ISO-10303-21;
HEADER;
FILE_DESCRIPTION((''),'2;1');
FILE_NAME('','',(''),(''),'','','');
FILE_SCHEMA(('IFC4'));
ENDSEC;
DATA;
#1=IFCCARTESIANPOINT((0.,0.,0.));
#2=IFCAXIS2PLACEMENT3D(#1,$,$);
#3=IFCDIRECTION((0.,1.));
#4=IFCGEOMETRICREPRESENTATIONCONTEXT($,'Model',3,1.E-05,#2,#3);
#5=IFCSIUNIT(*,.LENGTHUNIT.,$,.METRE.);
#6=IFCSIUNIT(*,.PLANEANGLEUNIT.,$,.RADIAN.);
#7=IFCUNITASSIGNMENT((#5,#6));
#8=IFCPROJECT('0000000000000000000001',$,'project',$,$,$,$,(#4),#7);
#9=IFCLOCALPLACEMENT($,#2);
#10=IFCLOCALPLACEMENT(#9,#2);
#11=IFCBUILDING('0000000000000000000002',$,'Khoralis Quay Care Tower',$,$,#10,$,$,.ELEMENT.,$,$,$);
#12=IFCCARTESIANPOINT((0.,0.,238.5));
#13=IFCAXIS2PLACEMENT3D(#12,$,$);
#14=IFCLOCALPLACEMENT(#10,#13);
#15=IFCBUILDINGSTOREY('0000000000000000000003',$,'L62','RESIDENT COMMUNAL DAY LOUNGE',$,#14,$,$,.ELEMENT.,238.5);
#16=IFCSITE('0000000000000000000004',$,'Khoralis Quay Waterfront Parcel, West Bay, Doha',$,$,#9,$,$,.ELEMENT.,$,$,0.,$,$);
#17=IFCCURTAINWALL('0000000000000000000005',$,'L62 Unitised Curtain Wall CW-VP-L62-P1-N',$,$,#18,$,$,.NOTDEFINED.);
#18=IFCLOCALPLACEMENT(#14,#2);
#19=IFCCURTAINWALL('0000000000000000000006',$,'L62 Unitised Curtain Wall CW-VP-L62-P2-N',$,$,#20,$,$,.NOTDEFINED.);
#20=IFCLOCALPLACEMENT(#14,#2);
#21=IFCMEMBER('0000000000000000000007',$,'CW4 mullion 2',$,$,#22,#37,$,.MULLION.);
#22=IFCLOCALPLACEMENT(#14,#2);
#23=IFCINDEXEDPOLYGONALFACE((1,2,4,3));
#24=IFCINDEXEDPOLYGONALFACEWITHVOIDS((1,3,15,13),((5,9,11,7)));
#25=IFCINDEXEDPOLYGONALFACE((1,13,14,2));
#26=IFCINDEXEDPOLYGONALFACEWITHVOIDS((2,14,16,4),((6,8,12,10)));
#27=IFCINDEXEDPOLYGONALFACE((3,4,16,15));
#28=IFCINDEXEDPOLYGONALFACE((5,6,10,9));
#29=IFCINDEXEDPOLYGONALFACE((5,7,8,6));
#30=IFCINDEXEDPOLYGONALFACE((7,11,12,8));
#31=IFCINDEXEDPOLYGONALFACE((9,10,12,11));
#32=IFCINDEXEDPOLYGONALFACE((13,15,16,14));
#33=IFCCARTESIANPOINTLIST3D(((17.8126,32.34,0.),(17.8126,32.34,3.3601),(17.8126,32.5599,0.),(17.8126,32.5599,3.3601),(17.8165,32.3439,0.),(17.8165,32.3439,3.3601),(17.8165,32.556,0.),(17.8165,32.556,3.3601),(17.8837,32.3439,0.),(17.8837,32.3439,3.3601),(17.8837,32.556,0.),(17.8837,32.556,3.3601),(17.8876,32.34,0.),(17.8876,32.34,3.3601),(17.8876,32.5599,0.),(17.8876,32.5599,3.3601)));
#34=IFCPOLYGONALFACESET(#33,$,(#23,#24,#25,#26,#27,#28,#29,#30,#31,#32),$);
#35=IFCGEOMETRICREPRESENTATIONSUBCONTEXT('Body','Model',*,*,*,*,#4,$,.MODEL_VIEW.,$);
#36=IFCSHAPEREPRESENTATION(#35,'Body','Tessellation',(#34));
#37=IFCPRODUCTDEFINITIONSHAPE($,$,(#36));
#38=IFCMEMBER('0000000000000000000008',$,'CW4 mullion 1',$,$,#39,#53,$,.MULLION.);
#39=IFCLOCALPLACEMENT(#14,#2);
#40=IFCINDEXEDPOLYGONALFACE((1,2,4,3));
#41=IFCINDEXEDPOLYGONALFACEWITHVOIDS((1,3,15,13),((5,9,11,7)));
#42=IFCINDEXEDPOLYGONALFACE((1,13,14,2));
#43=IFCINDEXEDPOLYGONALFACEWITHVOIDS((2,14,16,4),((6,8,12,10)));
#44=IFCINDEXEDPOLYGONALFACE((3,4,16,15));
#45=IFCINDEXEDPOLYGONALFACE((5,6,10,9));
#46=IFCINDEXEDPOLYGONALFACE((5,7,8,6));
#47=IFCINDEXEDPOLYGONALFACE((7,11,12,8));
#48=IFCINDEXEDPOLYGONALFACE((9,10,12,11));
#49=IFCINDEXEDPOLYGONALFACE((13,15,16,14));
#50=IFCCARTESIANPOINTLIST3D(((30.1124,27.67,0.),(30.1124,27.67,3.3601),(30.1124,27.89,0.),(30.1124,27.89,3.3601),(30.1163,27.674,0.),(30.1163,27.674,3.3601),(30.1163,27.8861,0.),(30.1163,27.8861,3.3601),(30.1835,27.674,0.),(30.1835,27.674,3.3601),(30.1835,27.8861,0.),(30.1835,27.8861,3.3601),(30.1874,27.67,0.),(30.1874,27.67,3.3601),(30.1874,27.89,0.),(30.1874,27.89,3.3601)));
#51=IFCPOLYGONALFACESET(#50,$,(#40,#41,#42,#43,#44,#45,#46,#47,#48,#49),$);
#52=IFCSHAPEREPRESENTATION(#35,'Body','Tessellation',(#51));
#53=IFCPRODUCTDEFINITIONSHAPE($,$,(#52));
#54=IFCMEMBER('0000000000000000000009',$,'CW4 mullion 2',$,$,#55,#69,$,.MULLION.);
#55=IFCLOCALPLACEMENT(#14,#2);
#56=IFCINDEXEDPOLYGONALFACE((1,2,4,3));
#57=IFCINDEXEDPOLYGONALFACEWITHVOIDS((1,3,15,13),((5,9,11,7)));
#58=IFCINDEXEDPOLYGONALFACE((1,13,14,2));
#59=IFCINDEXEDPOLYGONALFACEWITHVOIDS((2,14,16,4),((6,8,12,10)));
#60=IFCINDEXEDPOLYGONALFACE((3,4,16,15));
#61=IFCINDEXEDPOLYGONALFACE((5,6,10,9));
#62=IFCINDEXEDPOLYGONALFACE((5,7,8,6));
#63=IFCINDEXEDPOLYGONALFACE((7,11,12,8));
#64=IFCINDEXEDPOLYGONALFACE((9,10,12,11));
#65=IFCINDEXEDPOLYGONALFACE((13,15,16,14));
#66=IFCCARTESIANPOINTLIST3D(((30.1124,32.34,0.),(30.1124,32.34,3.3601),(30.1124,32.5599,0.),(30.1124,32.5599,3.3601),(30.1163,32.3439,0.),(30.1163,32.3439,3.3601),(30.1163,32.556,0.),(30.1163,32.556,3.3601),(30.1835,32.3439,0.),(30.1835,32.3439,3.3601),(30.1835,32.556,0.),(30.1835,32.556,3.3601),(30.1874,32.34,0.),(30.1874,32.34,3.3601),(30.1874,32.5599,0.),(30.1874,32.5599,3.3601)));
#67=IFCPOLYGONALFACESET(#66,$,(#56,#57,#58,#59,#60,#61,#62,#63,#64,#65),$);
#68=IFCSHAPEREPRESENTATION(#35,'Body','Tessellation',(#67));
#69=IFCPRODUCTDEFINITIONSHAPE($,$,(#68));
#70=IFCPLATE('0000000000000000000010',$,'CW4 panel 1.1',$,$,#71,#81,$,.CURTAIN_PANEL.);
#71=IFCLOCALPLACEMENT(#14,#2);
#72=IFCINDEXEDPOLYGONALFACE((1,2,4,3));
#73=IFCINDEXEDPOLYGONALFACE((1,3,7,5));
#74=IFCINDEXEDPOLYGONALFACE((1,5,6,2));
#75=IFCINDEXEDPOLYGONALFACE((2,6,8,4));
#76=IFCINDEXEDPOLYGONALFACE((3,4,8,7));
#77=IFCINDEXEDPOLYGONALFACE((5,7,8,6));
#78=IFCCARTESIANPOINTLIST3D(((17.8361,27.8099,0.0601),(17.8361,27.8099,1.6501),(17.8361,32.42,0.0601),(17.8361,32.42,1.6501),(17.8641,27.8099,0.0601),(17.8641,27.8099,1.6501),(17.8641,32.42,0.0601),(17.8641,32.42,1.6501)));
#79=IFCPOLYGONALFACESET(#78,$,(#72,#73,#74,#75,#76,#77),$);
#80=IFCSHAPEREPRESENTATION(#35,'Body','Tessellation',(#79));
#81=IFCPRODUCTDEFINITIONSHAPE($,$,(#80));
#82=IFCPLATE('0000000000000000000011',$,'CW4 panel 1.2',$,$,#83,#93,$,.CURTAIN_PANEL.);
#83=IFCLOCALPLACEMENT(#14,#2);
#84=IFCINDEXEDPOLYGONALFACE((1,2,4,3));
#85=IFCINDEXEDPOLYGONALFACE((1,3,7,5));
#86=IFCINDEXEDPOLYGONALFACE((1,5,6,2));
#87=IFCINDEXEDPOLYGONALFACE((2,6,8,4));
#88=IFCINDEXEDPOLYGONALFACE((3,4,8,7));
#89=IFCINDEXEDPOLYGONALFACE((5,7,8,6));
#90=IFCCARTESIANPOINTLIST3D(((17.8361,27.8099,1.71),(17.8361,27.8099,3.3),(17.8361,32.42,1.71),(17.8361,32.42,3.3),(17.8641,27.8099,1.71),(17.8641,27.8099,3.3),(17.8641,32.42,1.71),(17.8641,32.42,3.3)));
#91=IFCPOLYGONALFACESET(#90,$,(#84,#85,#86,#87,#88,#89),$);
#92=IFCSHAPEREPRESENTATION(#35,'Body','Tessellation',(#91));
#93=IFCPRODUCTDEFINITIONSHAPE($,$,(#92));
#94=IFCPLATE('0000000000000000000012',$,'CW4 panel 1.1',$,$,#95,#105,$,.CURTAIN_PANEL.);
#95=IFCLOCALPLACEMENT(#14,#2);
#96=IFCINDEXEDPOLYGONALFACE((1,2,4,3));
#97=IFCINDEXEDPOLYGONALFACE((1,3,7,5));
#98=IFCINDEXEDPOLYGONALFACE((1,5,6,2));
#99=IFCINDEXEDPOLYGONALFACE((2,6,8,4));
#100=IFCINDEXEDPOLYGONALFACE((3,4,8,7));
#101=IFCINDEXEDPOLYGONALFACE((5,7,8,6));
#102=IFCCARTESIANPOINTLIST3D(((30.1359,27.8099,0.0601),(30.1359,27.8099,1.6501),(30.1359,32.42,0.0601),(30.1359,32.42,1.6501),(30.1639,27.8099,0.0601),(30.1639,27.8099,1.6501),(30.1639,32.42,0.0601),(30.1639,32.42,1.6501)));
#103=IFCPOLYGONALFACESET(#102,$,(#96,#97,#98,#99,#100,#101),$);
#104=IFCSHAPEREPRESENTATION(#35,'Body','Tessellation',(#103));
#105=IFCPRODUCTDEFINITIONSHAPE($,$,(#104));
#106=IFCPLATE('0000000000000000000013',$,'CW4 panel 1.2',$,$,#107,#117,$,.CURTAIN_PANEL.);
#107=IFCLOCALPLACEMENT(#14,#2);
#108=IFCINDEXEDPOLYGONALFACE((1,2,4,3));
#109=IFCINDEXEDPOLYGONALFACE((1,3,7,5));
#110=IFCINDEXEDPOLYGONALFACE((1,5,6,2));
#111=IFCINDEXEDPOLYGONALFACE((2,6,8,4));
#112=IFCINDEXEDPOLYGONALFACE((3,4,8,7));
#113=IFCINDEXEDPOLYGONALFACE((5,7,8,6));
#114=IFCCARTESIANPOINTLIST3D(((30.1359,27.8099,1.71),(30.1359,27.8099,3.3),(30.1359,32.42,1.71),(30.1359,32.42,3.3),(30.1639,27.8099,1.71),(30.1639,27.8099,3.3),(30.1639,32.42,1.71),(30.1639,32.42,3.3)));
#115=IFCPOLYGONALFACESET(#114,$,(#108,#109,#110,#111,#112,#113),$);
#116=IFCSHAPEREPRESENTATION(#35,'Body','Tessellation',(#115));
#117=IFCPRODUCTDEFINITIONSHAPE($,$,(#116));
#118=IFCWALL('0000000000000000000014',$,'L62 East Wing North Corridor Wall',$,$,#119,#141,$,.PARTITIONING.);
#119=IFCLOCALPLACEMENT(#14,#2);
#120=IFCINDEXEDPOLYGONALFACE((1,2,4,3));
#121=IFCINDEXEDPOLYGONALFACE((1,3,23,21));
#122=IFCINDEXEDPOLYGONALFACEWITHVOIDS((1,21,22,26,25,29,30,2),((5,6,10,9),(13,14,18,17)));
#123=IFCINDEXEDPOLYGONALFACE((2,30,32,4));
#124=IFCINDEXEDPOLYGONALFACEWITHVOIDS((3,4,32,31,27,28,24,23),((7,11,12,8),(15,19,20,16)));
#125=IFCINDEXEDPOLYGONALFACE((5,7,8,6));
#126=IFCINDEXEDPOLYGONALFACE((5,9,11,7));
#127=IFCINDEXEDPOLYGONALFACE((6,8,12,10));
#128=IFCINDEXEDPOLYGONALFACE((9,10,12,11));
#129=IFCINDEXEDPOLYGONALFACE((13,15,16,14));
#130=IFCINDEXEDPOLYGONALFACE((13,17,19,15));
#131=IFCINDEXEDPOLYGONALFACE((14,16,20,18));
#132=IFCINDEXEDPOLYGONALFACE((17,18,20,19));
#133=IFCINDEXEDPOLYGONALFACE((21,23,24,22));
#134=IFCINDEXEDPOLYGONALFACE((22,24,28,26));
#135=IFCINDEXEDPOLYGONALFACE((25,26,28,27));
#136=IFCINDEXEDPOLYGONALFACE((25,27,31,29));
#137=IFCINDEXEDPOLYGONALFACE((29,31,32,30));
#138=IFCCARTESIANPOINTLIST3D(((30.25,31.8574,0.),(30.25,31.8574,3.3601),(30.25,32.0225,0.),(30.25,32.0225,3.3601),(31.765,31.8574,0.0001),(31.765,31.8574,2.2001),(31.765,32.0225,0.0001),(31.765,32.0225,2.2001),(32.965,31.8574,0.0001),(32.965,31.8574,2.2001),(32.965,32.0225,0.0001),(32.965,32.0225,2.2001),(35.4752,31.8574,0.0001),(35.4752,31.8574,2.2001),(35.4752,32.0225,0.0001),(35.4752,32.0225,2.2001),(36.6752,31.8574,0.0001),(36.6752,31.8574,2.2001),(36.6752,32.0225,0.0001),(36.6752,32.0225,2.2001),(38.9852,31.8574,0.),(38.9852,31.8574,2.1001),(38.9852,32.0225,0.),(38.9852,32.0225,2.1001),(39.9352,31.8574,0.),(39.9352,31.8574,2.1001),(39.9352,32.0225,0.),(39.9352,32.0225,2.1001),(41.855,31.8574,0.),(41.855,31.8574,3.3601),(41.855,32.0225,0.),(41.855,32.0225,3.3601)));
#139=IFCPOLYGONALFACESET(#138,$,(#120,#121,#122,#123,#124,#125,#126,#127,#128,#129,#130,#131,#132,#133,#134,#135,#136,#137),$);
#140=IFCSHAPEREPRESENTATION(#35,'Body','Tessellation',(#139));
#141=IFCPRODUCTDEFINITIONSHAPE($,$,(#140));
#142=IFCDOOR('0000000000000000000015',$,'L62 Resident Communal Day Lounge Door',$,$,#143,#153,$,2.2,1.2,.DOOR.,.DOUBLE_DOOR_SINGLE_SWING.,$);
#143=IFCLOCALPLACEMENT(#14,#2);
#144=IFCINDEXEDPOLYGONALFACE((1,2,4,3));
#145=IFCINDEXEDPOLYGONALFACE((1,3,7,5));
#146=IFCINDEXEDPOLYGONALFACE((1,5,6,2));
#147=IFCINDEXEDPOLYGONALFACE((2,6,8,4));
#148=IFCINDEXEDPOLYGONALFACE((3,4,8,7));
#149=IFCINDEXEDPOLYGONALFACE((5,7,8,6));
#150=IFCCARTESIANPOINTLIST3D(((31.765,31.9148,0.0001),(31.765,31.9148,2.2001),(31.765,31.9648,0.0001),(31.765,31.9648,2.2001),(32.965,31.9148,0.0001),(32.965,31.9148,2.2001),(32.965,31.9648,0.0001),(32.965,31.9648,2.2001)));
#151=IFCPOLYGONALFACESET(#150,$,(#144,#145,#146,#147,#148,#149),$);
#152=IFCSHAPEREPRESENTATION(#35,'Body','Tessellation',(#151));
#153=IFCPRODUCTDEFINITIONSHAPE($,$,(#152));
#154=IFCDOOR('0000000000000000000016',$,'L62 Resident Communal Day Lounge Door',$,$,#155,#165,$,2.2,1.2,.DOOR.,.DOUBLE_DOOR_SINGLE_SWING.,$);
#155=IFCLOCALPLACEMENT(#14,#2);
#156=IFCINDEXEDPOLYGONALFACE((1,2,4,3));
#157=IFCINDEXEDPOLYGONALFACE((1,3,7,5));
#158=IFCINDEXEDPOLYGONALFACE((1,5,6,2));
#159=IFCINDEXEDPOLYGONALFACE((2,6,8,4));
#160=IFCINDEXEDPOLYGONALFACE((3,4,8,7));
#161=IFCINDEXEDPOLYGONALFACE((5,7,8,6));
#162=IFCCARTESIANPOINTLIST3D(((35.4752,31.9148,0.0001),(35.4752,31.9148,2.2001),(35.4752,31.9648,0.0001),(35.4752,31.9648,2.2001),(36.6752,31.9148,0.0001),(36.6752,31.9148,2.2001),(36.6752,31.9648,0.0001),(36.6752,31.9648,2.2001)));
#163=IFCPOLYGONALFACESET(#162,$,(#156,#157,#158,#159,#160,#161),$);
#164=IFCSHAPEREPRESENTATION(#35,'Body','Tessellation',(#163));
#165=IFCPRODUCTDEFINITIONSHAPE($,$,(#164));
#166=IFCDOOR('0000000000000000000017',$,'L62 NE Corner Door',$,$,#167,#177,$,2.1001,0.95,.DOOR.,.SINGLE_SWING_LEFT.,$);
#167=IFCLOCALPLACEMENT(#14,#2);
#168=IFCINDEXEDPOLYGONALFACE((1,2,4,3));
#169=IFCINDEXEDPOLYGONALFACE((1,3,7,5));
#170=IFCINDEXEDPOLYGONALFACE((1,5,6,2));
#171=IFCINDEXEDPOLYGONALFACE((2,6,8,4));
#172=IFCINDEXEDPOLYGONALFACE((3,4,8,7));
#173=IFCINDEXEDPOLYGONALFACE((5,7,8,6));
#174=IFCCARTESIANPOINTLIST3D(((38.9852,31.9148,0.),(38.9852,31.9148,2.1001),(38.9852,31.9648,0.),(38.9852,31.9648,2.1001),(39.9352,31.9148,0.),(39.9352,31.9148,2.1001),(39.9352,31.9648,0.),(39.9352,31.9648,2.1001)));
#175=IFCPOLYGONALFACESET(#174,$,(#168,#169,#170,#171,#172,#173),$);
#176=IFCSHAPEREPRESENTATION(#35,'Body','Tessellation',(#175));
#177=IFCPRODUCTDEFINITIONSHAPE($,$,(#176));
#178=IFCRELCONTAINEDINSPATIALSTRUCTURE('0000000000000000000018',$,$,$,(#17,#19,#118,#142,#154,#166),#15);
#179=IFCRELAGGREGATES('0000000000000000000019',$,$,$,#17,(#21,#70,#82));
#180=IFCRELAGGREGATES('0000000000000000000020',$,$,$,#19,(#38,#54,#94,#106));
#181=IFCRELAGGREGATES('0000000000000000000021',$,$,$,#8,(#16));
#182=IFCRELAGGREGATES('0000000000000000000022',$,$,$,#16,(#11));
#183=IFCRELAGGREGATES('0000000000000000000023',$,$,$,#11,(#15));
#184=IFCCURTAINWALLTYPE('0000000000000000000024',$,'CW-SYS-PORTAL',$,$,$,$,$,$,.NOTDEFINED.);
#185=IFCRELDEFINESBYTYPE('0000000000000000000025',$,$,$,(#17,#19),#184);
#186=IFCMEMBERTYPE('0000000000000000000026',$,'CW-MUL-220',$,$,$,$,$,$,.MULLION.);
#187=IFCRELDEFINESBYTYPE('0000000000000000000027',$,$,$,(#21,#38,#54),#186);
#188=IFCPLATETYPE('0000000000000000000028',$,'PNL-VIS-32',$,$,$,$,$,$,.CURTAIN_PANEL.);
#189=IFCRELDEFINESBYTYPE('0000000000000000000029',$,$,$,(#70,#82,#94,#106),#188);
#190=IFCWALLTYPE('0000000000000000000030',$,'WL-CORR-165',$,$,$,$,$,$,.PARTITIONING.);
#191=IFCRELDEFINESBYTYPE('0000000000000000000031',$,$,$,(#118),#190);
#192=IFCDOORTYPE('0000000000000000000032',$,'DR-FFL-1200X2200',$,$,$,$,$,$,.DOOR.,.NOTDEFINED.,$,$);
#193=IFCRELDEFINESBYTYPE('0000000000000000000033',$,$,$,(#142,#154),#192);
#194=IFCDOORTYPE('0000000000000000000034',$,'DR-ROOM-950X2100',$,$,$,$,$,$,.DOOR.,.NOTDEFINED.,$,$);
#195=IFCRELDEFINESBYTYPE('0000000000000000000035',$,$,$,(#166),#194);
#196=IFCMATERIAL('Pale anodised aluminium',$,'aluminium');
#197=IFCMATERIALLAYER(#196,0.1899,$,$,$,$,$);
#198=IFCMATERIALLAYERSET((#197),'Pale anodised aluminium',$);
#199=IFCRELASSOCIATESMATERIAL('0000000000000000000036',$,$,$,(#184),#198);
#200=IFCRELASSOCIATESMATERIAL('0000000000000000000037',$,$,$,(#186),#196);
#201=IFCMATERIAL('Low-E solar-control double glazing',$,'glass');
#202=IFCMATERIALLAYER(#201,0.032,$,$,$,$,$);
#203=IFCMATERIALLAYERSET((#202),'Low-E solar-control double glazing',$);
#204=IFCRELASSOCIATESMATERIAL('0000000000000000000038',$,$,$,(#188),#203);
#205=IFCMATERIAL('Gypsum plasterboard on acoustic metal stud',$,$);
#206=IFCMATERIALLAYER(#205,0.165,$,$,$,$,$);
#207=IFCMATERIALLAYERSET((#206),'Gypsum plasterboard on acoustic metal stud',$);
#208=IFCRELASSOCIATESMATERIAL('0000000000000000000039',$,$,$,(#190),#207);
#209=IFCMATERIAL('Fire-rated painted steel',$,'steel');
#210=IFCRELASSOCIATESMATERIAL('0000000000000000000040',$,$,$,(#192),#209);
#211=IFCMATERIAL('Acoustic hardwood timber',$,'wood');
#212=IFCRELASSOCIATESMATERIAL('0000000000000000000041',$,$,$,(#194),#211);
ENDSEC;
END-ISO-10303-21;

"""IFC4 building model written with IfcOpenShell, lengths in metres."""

from ifc_helpers import new_model, si_unit, direction, frame, frame_2d, origin, origin_2d, place, context, subcontext, project, spatial, rectangle, hollow_rectangle, extrude, source, transform, mapped, material, layer, layer_set, material_profile, profile_set, type_object, element, fill, aggregate, save


model = new_model("IFC4")

# Units and contexts
model_context = context("Model", 3, precision=1e-05, world=origin(), true_north=direction((0.0, 1.0)))
body_context = subcontext(model_context, "Body", "Model", "MODEL_VIEW")
ifc_project = project(units=[si_unit("LENGTHUNIT", "METRE"), si_unit("PLANEANGLEUNIT", "RADIAN")], contexts=[model_context])

# Site, building, storey
site_placement = place(None, origin())
site = spatial("IfcSite", under=ifc_project, at=site_placement, Name="Khoralis Quay Waterfront Parcel, West Bay, Doha", CompositionType="ELEMENT", RefElevation=0.0)
building_placement = place(site_placement, origin())
building = spatial("IfcBuilding", under=site, at=building_placement, Name="Khoralis Quay Care Tower", CompositionType="ELEMENT")
storey_placement = place(building_placement, frame((0.0, 0.0, 238.5)))
storey = spatial("IfcBuildingStorey", under=building, at=storey_placement, Name="L62", Description="RESIDENT COMMUNAL DAY LOUNGE", CompositionType="ELEMENT", Elevation=238.5)

# Curtain wall
ifc_material_1 = material(Name="Pale anodised aluminium", Category="aluminium")
ifc_layer_1 = layer(ifc_material_1, 0.1899)
ifc_layer_set_1 = layer_set([ifc_layer_1], Name="Pale anodised aluminium")
curtain_wall_type = type_object("IfcCurtainWallType", Name="CW-SYS-PORTAL", PredefinedType="NOTDEFINED", material=ifc_layer_set_1)
curtain_wall_1_placement = place(storey_placement, origin())
curtain_wall_1 = element("IfcCurtainWall", 1, at=curtain_wall_1_placement, inside=storey, type_object=curtain_wall_type, Name="L62 Unitised Curtain Wall CW-VP-L62-P1-N", PredefinedType="NOTDEFINED")

# Curtain wall
curtain_wall_2_placement = place(storey_placement, origin())
curtain_wall_2 = element("IfcCurtainWall", 2, at=curtain_wall_2_placement, inside=storey, type_object=curtain_wall_type, Name="L62 Unitised Curtain Wall CW-VP-L62-P2-N", PredefinedType="NOTDEFINED")

# Members
ifc_material_profile_1 = material_profile(ifc_material_1, hollow_rectangle(XDim=0.075, YDim=0.22, WallThickness=0.0039, at=origin_2d()), Name="Pale anodised aluminium")
ifc_profile_set_1 = profile_set([ifc_material_profile_1], Name="Pale anodised aluminium")
member_type_1 = type_object("IfcMemberType", Name="CW-MUL-220", PredefinedType="MULLION", material=ifc_profile_set_1)
shared_shape_1 = source(origin(), body_context, "Body", "SweptSolid", [
    extrude(hollow_rectangle(XDim=0.075, YDim=0.22, WallThickness=0.0039, at=origin_2d()), origin(), (0.0, 0.0, 1.0), 3.3601),
])
member_1_placement = place(storey_placement, frame((17.8501, 32.45, 0.0), z_axis=(0.0, 0.0, 1.0), x_axis=(-1.0, 0.0, 0.0)))
member_1 = element("IfcMember", 3, at=member_1_placement, type_object=member_type_1, Name="CW4 mullion 2", PredefinedType="MULLION", context=body_context, shape_type="MappedRepresentation", body=[
    mapped(shared_shape_1, transform((0.0, 0.0, 0.0), scale=1.0)),
])
member_2_placement = place(storey_placement, frame((30.1499, 27.78, 0.0), z_axis=(0.0, 0.0, 1.0), x_axis=(-1.0, 0.0, 0.0)))
member_2 = element("IfcMember", 4, at=member_2_placement, type_object=member_type_1, Name="CW4 mullion 1", PredefinedType="MULLION", context=body_context, shape_type="MappedRepresentation", body=[
    mapped(shared_shape_1, transform((0.0, 0.0, 0.0), scale=1.0)),
])
member_3_placement = place(storey_placement, frame((30.1499, 32.45, 0.0), z_axis=(0.0, 0.0, 1.0), x_axis=(-1.0, 0.0, 0.0)))
member_3 = element("IfcMember", 5, at=member_3_placement, type_object=member_type_1, Name="CW4 mullion 2", PredefinedType="MULLION", context=body_context, shape_type="MappedRepresentation", body=[
    mapped(shared_shape_1, transform((0.0, 0.0, 0.0), scale=1.0)),
])

# Plates
ifc_material_2 = material(Name="Low-E solar-control double glazing", Category="glass")
ifc_layer_2 = layer(ifc_material_2, 0.032)
ifc_layer_set_2 = layer_set([ifc_layer_2], Name="Low-E solar-control double glazing")
plate_type = type_object("IfcPlateType", Name="PNL-VIS-32", PredefinedType="CURTAIN_PANEL", material=ifc_layer_set_2)
shared_shape_2 = source(origin(), body_context, "Body", "SweptSolid", [
    extrude(rectangle(XDim=4.6101, YDim=0.0281, at=origin_2d()), origin(), (0.0, 0.0, 1.0), 1.5901),
])
plate_1_placement = place(storey_placement, frame((17.8501, 30.115, 0.0601), z_axis=(0.0, 0.0, 1.0), x_axis=(0.0, 1.0, 0.0)))
plate_1 = element("IfcPlate", 6, at=plate_1_placement, type_object=plate_type, Name="CW4 panel 1.1", PredefinedType="CURTAIN_PANEL", context=body_context, shape_type="MappedRepresentation", body=[
    mapped(shared_shape_2, transform((0.0, 0.0, 0.0), scale=1.0)),
])
plate_2_placement = place(storey_placement, frame((17.8501, 30.115, 1.71), z_axis=(0.0, 0.0, 1.0), x_axis=(0.0, 1.0, 0.0)))
plate_2 = element("IfcPlate", 7, at=plate_2_placement, type_object=plate_type, Name="CW4 panel 1.2", PredefinedType="CURTAIN_PANEL", context=body_context, shape_type="MappedRepresentation", body=[
    mapped(shared_shape_2, transform((0.0, 0.0, 0.0), scale=1.0)),
])
aggregate(curtain_wall_1, [member_1, plate_1, plate_2])
plate_3_placement = place(storey_placement, frame((30.1499, 30.115, 0.0601), z_axis=(0.0, 0.0, 1.0), x_axis=(0.0, 1.0, 0.0)))
plate_3 = element("IfcPlate", 8, at=plate_3_placement, type_object=plate_type, Name="CW4 panel 1.1", PredefinedType="CURTAIN_PANEL", context=body_context, shape_type="MappedRepresentation", body=[
    mapped(shared_shape_2, transform((0.0, 0.0, 0.0), scale=1.0)),
])
plate_4_placement = place(storey_placement, frame((30.1499, 30.115, 1.71), z_axis=(0.0, 0.0, 1.0), x_axis=(0.0, 1.0, 0.0)))
plate_4 = element("IfcPlate", 9, at=plate_4_placement, type_object=plate_type, Name="CW4 panel 1.2", PredefinedType="CURTAIN_PANEL", context=body_context, shape_type="MappedRepresentation", body=[
    mapped(shared_shape_2, transform((0.0, 0.0, 0.0), scale=1.0)),
])
aggregate(curtain_wall_2, [member_2, member_3, plate_3, plate_4])

# Wall, openings, doors
ifc_material_3 = material(Name="Gypsum plasterboard on acoustic metal stud")
ifc_layer_3 = layer(ifc_material_3, 0.165)
ifc_layer_set_3 = layer_set([ifc_layer_3], Name="Gypsum plasterboard on acoustic metal stud")
wall_type_1 = type_object("IfcWallType", Name="WL-CORR-165", PredefinedType="PARTITIONING", material=ifc_layer_set_3)
wall_1_placement = place(storey_placement, frame((30.25, 31.9399, 0.0), z_axis=(0.0, 0.0, 1.0), x_axis=(1.0, 0.0, 0.0)))
wall_1 = element("IfcWall", 10, at=wall_1_placement, inside=storey, type_object=wall_type_1, Name="L62 East Wing North Corridor Wall", PredefinedType="PARTITIONING", context=body_context, shape_type="SweptSolid", body=[
    extrude(rectangle(XDim=11.605, YDim=0.165, at=frame_2d((5.8025, 0.0))), origin(), (0.0, 0.0, 1.0), 3.3601),
])
opening_1_placement = place(wall_1_placement, frame((1.5149, 0.0, 0.0)))
opening_1 = element("IfcOpeningElement", 11, at=opening_1_placement, cuts=wall_1, PredefinedType="OPENING", context=body_context, shape_type="SweptSolid", body=[
    extrude(rectangle(XDim=1.2, YDim=2.2, at=frame_2d((0.6001, 1.1001))), frame((0.0, 0.0925, 0.0), z_axis=(0.0, -1.0, 0.0), x_axis=(1.0, 0.0, 0.0)), (0.0, 0.0, 1.0), 0.1851),
])
opening_2_placement = place(wall_1_placement, frame((5.2251, 0.0, 0.0)))
opening_2 = element("IfcOpeningElement", 12, at=opening_2_placement, cuts=wall_1, PredefinedType="OPENING", context=body_context, shape_type="SweptSolid", body=[
    extrude(rectangle(XDim=1.2, YDim=2.2, at=frame_2d((0.6001, 1.1001))), frame((0.0, 0.0925, 0.0), z_axis=(0.0, -1.0, 0.0), x_axis=(1.0, 0.0, 0.0)), (0.0, 0.0, 1.0), 0.1851),
])
opening_3_placement = place(wall_1_placement, frame((8.7351, 0.0, 0.0)))
opening_3 = element("IfcOpeningElement", 13, at=opening_3_placement, cuts=wall_1, PredefinedType="OPENING", context=body_context, shape_type="SweptSolid", body=[
    extrude(rectangle(XDim=0.95, YDim=2.1001, at=frame_2d((0.4751, 1.05))), frame((0.0, 0.0925, 0.0), z_axis=(0.0, -1.0, 0.0), x_axis=(1.0, 0.0, 0.0)), (0.0, 0.0, 1.0), 0.1851),
])
ifc_material_4 = material(Name="Fire-rated painted steel", Category="steel")
door_type_1 = type_object("IfcDoorType", Name="DR-FFL-1200X2200", OperationType="NOTDEFINED", PredefinedType="DOOR", material=ifc_material_4)
shared_shape_3 = source(origin(), body_context, "Body", "SweptSolid", [
    extrude(rectangle(XDim=1.2, YDim=2.2, at=frame_2d((0.6001, 1.1001))), frame((0.0, 0.0249, 0.0), z_axis=(0.0, -1.0, 0.0), x_axis=(1.0, 0.0, 0.0)), (0.0, 0.0, 1.0), 0.05),
])
door_1_placement = place(opening_1_placement, origin())
door_1 = element("IfcDoor", 14, at=door_1_placement, inside=storey, type_object=door_type_1, Name="L62 Resident Communal Day Lounge Door", OperationType="DOUBLE_DOOR_SINGLE_SWING", OverallHeight=2.2, OverallWidth=1.2, PredefinedType="DOOR", context=body_context, shape_type="MappedRepresentation", body=[
    mapped(shared_shape_3, transform((0.0, 0.0, 0.0), scale=1.0)),
])
fill(opening_1, door_1)
door_2_placement = place(opening_2_placement, origin())
door_2 = element("IfcDoor", 15, at=door_2_placement, inside=storey, type_object=door_type_1, Name="L62 Resident Communal Day Lounge Door", OperationType="DOUBLE_DOOR_SINGLE_SWING", OverallHeight=2.2, OverallWidth=1.2, PredefinedType="DOOR", context=body_context, shape_type="MappedRepresentation", body=[
    mapped(shared_shape_3, transform((0.0, 0.0, 0.0), scale=1.0)),
])
fill(opening_2, door_2)
ifc_material_5 = material(Name="Acoustic hardwood timber", Category="wood")
door_type_2 = type_object("IfcDoorType", Name="DR-ROOM-950X2100", OperationType="NOTDEFINED", PredefinedType="DOOR", material=ifc_material_5)
shared_shape_4 = source(origin(), body_context, "Body", "SweptSolid", [
    extrude(rectangle(XDim=0.95, YDim=2.1001, at=frame_2d((0.4751, 1.05))), frame((0.0, 0.0249, 0.0), z_axis=(0.0, -1.0, 0.0), x_axis=(1.0, 0.0, 0.0)), (0.0, 0.0, 1.0), 0.05),
])
door_3_placement = place(opening_3_placement, origin())
door_3 = element("IfcDoor", 16, at=door_3_placement, inside=storey, type_object=door_type_2, Name="L62 NE Corner Door", OperationType="SINGLE_SWING_LEFT", OverallHeight=2.1001, OverallWidth=0.95, PredefinedType="DOOR", context=body_context, shape_type="MappedRepresentation", body=[
    mapped(shared_shape_4, transform((0.0, 0.0, 0.0), scale=1.0)),
])
fill(opening_3, door_3)

save(model, "model.ifc")
